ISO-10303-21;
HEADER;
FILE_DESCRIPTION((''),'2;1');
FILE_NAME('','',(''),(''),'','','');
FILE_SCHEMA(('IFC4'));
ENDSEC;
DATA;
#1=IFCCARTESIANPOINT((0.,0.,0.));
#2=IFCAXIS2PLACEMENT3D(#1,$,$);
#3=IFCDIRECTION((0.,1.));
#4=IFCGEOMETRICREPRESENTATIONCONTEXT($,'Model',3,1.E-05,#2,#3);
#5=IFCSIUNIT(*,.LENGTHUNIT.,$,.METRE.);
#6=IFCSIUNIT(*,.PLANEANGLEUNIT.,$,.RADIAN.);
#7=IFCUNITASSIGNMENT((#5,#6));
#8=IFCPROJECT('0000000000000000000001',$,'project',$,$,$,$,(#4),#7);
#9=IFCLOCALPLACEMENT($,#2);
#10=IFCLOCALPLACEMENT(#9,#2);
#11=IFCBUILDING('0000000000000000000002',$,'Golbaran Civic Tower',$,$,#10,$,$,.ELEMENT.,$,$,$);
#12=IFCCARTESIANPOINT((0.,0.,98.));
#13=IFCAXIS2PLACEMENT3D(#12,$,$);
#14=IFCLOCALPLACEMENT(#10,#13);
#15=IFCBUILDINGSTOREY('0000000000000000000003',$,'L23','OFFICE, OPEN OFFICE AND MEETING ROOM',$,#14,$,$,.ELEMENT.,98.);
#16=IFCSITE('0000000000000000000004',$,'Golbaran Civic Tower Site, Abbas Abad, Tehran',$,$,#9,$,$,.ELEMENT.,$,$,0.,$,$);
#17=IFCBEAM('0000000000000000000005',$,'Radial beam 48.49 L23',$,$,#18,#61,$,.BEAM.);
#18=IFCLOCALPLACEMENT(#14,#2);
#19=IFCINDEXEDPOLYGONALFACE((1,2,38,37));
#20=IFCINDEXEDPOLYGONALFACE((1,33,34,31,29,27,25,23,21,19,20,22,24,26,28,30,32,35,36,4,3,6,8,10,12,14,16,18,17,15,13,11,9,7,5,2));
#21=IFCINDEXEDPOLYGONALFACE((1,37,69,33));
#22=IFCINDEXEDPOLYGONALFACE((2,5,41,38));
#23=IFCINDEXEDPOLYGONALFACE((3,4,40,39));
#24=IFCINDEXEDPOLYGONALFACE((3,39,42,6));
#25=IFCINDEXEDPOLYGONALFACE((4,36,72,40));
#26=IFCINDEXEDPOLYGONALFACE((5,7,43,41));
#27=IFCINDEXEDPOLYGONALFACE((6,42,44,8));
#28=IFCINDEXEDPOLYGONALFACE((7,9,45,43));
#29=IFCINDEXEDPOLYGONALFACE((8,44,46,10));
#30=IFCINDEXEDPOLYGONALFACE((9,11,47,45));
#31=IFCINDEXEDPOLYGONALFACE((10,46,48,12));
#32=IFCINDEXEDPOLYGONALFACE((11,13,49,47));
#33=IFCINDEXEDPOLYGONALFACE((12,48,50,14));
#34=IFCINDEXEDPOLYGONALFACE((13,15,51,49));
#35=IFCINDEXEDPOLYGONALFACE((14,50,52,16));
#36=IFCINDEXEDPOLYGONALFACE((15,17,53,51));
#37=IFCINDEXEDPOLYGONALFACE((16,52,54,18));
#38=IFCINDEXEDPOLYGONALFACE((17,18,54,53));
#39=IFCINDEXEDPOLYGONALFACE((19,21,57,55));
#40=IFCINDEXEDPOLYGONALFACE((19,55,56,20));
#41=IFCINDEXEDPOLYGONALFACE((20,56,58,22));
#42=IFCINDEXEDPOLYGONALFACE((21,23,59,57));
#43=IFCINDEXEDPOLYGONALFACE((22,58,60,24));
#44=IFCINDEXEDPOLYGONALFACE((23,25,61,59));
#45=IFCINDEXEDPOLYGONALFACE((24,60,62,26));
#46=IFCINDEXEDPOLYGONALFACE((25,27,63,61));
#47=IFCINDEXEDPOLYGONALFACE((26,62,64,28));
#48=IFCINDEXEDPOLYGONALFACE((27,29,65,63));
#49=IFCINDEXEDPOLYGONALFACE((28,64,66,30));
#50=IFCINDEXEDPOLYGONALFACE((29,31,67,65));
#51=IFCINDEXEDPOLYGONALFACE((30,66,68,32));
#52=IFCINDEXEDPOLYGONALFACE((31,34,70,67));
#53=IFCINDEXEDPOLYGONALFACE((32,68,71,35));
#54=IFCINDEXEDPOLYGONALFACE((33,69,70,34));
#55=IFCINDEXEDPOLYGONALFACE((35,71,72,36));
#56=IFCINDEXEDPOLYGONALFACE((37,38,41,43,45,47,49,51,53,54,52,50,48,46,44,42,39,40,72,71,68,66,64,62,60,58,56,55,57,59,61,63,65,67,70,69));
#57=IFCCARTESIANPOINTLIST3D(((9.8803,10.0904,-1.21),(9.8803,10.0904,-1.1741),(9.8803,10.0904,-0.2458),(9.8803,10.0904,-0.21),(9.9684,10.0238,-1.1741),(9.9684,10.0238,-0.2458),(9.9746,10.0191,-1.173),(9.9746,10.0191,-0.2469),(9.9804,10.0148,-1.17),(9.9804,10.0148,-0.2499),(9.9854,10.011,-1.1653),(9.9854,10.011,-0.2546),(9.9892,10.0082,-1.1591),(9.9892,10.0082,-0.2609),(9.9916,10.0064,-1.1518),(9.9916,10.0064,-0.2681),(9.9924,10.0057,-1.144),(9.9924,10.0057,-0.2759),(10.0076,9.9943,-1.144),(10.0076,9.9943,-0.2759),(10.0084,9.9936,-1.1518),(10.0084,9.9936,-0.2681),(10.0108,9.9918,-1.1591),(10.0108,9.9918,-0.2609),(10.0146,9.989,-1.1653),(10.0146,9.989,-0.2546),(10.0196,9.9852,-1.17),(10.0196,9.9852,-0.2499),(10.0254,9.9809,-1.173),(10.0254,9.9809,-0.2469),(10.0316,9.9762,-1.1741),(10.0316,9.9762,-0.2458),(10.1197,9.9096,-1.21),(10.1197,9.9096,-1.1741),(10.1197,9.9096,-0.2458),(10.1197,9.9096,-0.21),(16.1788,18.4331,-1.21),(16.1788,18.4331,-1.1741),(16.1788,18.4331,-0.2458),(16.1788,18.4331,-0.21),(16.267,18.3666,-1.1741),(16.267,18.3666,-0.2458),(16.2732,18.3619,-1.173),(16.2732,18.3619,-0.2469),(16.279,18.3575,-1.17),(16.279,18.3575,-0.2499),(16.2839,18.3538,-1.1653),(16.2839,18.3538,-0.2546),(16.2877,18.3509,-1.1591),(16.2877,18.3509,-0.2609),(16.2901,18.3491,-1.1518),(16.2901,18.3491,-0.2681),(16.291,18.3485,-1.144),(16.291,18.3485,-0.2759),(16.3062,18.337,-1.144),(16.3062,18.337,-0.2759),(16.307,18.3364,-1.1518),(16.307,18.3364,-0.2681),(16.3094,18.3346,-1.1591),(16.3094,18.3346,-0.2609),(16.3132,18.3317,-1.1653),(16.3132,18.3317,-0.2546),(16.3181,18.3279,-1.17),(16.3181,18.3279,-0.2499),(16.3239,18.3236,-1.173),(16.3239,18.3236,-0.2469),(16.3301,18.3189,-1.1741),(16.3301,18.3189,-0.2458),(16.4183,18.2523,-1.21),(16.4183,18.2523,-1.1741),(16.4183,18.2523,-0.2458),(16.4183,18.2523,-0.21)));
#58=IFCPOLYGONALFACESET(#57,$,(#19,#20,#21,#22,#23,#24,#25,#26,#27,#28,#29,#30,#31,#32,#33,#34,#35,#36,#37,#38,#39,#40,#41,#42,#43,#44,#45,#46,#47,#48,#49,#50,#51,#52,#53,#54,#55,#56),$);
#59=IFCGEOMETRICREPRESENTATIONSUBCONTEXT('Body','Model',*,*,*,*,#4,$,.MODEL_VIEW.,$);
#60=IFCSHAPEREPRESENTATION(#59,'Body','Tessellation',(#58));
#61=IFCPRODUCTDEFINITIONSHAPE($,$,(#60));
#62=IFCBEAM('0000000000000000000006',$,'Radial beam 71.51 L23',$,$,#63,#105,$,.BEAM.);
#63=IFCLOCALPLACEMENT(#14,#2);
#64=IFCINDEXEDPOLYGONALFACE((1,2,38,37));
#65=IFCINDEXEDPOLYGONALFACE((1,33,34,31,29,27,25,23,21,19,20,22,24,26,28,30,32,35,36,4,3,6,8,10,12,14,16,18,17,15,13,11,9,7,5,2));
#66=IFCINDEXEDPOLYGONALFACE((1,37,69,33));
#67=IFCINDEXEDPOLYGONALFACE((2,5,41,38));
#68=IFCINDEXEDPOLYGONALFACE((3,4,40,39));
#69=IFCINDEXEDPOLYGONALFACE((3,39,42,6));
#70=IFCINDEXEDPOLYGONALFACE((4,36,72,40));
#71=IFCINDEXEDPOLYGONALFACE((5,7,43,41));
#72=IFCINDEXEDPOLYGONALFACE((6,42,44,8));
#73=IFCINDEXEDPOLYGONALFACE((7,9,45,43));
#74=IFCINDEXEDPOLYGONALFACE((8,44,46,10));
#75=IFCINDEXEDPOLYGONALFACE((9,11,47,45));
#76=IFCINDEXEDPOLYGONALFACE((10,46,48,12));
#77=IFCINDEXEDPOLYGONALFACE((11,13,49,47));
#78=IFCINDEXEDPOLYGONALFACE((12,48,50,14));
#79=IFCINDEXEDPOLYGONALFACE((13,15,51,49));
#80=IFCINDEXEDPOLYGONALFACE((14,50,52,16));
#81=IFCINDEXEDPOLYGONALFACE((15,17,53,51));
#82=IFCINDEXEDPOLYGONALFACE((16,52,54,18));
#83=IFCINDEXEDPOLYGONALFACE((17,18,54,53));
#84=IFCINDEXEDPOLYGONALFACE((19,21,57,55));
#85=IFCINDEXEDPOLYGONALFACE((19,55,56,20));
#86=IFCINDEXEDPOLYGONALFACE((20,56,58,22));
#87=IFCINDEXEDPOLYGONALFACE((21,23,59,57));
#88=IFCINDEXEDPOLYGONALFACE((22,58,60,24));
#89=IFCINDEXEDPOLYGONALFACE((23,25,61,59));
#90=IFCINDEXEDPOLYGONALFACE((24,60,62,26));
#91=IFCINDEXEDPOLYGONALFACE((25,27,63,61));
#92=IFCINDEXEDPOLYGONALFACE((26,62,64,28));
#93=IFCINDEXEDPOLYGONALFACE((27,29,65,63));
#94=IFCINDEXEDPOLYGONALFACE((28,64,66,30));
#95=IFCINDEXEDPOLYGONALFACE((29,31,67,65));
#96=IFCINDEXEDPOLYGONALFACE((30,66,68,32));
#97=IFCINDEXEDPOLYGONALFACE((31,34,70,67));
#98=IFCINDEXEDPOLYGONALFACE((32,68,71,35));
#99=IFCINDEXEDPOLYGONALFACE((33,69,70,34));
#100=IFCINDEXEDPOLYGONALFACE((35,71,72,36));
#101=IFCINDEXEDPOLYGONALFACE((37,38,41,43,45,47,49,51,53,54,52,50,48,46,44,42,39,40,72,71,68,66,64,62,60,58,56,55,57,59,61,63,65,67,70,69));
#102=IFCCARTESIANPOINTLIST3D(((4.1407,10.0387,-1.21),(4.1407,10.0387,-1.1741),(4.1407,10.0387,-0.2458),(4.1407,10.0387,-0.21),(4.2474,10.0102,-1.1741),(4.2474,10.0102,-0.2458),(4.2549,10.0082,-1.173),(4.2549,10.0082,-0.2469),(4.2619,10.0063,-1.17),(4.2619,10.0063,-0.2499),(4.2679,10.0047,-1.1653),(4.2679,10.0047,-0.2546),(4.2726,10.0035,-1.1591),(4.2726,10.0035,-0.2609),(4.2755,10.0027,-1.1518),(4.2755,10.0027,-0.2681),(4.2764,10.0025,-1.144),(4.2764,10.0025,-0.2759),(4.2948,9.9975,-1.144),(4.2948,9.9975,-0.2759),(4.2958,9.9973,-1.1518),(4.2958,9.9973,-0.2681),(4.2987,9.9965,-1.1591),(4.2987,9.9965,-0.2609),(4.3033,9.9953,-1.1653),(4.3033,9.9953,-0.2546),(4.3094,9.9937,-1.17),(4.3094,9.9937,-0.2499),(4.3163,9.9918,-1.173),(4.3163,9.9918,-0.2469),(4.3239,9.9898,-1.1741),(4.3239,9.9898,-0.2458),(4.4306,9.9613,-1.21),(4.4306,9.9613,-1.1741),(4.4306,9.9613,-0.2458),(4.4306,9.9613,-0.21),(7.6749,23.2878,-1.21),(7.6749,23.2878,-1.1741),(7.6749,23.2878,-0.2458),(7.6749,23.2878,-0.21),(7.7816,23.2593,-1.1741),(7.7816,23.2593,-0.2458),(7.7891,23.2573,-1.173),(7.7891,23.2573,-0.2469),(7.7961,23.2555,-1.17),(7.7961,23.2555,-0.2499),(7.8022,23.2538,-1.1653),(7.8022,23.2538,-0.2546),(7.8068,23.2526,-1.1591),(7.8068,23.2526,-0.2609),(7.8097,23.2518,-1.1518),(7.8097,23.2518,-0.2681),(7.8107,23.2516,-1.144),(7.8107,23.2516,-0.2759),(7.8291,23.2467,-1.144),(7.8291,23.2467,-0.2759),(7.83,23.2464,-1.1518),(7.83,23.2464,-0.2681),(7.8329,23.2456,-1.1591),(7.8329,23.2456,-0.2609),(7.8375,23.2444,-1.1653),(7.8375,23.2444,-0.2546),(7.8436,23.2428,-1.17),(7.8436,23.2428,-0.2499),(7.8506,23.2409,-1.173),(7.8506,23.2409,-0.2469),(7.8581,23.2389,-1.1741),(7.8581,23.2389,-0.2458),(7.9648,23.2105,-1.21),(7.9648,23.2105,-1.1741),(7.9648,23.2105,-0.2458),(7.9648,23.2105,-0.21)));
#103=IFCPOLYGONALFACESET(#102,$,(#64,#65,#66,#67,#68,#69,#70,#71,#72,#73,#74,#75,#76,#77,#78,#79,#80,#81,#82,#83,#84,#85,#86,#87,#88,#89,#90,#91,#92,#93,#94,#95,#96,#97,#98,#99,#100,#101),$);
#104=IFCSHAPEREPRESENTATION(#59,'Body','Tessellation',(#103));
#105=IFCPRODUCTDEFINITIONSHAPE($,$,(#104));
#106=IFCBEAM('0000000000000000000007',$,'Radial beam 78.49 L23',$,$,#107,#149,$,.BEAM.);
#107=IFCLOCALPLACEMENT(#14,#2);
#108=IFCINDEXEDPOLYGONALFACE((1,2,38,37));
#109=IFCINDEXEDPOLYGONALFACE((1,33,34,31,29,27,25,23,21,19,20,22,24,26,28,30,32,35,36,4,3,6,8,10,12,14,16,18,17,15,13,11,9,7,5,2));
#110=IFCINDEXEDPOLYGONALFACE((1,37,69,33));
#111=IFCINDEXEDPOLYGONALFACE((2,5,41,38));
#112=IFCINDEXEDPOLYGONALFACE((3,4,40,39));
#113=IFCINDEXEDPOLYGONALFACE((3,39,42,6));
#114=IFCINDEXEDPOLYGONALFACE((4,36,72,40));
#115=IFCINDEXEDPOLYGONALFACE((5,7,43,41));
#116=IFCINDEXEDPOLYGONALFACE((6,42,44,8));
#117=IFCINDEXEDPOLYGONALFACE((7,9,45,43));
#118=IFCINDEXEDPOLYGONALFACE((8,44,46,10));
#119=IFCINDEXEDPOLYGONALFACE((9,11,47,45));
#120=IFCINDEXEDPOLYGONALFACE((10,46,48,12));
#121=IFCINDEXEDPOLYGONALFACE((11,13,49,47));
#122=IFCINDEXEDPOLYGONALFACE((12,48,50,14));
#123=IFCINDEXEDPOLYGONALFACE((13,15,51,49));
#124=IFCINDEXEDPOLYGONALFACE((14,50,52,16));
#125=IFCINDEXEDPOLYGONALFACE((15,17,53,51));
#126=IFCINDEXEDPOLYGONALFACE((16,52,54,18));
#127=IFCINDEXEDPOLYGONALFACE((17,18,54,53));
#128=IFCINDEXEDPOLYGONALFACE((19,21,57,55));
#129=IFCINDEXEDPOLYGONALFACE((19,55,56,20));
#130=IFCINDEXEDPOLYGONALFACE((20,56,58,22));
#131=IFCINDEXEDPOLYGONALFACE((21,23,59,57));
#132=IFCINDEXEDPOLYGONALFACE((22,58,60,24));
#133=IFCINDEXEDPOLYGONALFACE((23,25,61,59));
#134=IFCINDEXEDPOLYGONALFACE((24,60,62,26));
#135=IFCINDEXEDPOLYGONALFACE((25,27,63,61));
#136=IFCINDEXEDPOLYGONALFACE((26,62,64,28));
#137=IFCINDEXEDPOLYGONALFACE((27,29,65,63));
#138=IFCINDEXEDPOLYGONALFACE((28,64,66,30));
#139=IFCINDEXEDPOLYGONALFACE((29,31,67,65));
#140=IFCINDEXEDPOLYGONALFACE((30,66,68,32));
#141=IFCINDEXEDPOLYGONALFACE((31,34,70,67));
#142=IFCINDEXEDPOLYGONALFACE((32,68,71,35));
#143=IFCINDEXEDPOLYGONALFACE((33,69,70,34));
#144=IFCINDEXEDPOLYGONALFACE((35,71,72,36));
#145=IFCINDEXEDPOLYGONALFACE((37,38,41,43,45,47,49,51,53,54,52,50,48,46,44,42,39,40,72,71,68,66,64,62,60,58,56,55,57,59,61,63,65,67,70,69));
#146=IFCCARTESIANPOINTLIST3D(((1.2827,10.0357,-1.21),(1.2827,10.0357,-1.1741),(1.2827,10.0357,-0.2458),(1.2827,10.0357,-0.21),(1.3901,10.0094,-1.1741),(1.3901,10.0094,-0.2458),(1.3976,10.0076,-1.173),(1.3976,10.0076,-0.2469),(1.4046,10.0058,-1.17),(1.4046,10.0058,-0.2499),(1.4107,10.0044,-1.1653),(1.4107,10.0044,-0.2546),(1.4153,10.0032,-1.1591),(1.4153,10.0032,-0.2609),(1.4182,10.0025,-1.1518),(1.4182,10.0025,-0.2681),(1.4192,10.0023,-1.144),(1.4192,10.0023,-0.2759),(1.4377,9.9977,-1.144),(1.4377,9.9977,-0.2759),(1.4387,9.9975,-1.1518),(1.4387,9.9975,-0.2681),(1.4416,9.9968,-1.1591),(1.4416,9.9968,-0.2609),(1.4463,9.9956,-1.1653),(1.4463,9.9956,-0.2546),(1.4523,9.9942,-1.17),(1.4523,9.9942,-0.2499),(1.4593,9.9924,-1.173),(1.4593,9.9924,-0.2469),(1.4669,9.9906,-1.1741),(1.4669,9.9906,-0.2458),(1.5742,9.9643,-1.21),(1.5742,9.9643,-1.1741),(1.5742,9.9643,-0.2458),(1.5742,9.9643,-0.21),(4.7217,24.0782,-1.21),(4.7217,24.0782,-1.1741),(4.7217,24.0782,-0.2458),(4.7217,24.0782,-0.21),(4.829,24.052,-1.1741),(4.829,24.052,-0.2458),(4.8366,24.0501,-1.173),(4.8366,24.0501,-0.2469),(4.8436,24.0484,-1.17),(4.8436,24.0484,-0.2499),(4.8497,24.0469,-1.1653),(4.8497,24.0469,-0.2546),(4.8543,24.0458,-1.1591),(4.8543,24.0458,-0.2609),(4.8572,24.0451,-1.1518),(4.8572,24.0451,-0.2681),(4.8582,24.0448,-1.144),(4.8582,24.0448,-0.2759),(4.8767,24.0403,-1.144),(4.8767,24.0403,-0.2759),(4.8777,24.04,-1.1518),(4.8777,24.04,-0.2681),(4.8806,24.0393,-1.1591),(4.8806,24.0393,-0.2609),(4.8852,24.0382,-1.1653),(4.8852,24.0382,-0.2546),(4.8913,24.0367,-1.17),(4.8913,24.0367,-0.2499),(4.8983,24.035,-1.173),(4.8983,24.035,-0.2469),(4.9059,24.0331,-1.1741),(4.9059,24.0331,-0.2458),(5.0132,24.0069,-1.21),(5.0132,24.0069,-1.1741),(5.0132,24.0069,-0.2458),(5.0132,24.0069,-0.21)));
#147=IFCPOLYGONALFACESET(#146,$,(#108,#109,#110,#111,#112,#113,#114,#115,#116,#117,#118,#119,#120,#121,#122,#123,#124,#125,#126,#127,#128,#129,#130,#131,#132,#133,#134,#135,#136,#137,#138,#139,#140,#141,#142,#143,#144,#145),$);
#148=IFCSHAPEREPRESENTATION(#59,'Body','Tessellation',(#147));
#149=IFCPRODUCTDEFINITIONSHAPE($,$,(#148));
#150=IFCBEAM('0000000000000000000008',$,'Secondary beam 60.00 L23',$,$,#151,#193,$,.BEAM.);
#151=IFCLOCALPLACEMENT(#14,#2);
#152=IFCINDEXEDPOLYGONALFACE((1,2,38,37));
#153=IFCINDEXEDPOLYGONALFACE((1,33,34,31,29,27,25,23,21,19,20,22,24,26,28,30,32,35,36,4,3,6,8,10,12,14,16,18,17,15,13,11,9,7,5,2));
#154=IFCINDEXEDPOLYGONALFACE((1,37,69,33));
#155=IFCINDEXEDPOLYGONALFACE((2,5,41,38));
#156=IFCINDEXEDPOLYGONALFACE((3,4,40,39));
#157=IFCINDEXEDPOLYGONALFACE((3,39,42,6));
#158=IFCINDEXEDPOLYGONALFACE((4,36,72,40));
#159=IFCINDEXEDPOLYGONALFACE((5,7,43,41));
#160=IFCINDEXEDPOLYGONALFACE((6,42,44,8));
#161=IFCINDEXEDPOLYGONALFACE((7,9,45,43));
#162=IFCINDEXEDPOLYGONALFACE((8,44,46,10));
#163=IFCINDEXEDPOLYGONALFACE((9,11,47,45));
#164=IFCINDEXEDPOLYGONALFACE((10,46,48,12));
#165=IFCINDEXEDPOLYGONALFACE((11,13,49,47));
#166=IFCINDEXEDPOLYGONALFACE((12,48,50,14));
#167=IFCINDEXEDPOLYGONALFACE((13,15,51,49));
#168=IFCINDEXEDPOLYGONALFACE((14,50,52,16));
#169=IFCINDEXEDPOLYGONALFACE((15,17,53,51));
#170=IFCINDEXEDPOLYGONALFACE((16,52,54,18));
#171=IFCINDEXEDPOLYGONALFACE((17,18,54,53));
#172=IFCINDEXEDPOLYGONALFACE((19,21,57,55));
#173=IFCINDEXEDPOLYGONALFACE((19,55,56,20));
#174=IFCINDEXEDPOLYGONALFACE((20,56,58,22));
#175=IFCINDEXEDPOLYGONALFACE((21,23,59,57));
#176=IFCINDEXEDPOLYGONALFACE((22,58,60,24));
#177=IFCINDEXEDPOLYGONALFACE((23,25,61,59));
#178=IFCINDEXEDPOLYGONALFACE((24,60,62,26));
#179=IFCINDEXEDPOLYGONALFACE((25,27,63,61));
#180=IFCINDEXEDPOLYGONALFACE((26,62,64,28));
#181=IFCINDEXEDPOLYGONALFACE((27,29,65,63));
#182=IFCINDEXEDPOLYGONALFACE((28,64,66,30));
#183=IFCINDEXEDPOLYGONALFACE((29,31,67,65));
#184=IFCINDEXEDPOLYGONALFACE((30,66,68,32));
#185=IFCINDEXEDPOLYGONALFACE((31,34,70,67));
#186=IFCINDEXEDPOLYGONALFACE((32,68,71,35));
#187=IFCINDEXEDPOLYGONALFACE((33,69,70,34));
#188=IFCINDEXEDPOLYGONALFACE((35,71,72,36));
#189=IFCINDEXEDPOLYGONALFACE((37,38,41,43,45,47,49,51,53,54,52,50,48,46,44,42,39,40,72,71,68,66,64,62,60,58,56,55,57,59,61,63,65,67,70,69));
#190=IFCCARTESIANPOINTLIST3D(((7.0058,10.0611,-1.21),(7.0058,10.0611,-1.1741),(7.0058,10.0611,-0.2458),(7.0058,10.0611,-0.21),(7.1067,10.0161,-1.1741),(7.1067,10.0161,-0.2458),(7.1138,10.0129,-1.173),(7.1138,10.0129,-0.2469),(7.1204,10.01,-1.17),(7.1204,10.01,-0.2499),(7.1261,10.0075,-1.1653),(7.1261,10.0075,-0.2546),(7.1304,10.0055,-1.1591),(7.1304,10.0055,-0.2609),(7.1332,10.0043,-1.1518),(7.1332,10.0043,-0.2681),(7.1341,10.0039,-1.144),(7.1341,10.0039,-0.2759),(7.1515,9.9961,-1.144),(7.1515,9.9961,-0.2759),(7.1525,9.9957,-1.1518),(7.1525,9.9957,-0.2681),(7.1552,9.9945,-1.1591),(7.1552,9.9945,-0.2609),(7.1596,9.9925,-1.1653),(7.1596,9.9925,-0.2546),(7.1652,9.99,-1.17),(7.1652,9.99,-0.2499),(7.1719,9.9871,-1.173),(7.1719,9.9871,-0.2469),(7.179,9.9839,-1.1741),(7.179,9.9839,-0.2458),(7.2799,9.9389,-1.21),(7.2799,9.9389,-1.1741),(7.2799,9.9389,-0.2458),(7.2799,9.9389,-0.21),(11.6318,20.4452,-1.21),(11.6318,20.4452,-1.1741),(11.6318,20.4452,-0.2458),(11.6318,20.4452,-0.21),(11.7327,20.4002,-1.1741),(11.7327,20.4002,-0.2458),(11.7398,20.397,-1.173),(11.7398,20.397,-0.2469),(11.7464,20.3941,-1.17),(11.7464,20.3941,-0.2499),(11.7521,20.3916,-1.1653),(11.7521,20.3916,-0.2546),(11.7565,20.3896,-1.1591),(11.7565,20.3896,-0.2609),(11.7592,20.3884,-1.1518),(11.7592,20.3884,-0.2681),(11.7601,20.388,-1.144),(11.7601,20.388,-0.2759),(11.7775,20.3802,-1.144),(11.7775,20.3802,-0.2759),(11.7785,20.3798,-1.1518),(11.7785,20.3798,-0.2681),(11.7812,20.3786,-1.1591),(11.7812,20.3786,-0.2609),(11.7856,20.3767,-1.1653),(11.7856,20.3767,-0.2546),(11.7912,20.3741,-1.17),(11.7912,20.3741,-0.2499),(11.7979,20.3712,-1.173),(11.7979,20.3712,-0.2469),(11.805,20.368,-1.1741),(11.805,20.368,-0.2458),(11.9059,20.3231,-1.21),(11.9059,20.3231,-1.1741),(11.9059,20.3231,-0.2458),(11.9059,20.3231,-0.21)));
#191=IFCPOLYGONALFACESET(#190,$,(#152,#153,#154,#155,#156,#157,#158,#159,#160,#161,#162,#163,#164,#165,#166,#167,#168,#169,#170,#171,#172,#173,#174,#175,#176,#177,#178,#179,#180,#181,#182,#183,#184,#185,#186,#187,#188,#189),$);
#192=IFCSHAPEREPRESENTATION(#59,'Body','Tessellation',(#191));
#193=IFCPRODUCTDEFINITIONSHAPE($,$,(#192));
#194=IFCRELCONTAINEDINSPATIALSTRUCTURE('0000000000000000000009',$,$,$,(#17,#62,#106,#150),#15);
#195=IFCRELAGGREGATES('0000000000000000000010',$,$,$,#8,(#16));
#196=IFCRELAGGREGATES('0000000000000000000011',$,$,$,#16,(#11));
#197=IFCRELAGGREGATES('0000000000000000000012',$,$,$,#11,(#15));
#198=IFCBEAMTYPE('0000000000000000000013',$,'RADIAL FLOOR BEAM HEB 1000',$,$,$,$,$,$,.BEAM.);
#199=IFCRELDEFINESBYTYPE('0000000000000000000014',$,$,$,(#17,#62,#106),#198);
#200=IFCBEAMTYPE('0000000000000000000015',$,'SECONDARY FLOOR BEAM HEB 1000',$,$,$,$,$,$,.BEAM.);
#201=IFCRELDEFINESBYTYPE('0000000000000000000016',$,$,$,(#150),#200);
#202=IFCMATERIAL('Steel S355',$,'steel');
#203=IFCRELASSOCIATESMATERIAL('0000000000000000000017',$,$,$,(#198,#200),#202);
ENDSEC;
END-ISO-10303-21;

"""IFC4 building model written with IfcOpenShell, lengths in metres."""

from ifc_helpers import new_model, si_unit, direction, frame, origin, origin_2d, place, context, subcontext, project, spatial, i_section, extrude, material, material_profile, profile_set, type_object, element, save


model = new_model("IFC4")

# Units and contexts
model_context = context("Model", 3, precision=1e-05, world=origin(), true_north=direction((0.0, 1.0)))
body_context = subcontext(model_context, "Body", "Model", "MODEL_VIEW")
ifc_project = project(units=[si_unit("LENGTHUNIT", "METRE"), si_unit("PLANEANGLEUNIT", "RADIAN")], contexts=[model_context])

# Site, building, storey
site_placement = place(None, origin())
site = spatial("IfcSite", under=ifc_project, at=site_placement, Name="Golbaran Civic Tower Site, Abbas Abad, Tehran", CompositionType="ELEMENT", RefElevation=0.0)
building_placement = place(site_placement, origin())
building = spatial("IfcBuilding", under=site, at=building_placement, Name="Golbaran Civic Tower", CompositionType="ELEMENT")
storey_placement = place(building_placement, frame((0.0, 0.0, 98.0)))
storey = spatial("IfcBuildingStorey", under=building, at=storey_placement, Name="L23", Description="OFFICE, OPEN OFFICE AND MEETING ROOM", CompositionType="ELEMENT", Elevation=98.0)

# Beams
ifc_material_1 = material(Name="Steel S355", Category="steel")
ifc_material_profile_1 = material_profile(ifc_material_1, i_section(OverallWidth=0.3, OverallDepth=1.0, WebThickness=0.019, FlangeThickness=0.0359, FilletRadius=0.03, at=origin_2d()), Name="HEB 1000")
ifc_profile_set_1 = profile_set([ifc_material_profile_1], Name="Steel S355")
beam_type_1 = type_object("IfcBeamType", Name="RADIAL FLOOR BEAM HEB 1000", PredefinedType="BEAM", material=ifc_profile_set_1)
beam_1_placement = place(storey_placement, frame((10.0, 10.0, -0.71), z_axis=(0.602538, 0.79809, 0.0), x_axis=(-0.79809, 0.602538, 0.0)))
element("IfcBeam", 1, at=beam_1_placement, inside=storey, type_object=beam_type_1, Name="Radial beam 48.49 L23", PredefinedType="BEAM", context=body_context, shape_type="SweptSolid", body=[
    extrude(i_section(OverallWidth=0.3, OverallDepth=1.0, WebThickness=0.019, FlangeThickness=0.0359, FilletRadius=0.03, at=origin_2d()), origin(), (0.0, 0.0, 1.0), 10.4534),
])
beam_2_placement = place(storey_placement, frame((4.2856, 10.0, -0.71), z_axis=(0.257738, 0.966215, 0.0), x_axis=(-0.966215, 0.257738, 0.0)))
element("IfcBeam", 2, at=beam_2_placement, inside=storey, type_object=beam_type_1, Name="Radial beam 71.51 L23", PredefinedType="BEAM", context=body_context, shape_type="SweptSolid", body=[
    extrude(i_section(OverallWidth=0.3, OverallDepth=1.0, WebThickness=0.019, FlangeThickness=0.0359, FilletRadius=0.03, at=origin_2d()), origin(), (0.0, 0.0, 1.0), 13.7124),
])
beam_3_placement = place(storey_placement, frame((1.4285, 10.0, -0.71), z_axis=(0.237868, 0.971297, 0.0), x_axis=(-0.971297, 0.237868, 0.0)))
element("IfcBeam", 3, at=beam_3_placement, inside=storey, type_object=beam_type_1, Name="Radial beam 78.49 L23", PredefinedType="BEAM", context=body_context, shape_type="SweptSolid", body=[
    extrude(i_section(OverallWidth=0.3, OverallDepth=1.0, WebThickness=0.019, FlangeThickness=0.0359, FilletRadius=0.03, at=origin_2d()), origin(), (0.0, 0.0, 1.0), 14.4575),
])
ifc_material_profile_2 = material_profile(ifc_material_1, i_section(OverallWidth=0.3, OverallDepth=1.0, WebThickness=0.019, FlangeThickness=0.0359, FilletRadius=0.03, at=origin_2d()), Name="HEB 1000")
ifc_profile_set_2 = profile_set([ifc_material_profile_2], Name="Steel S355")
beam_type_2 = type_object("IfcBeamType", Name="SECONDARY FLOOR BEAM HEB 1000", PredefinedType="BEAM", material=ifc_profile_set_2)
beam_4_placement = place(storey_placement, frame((7.1428, 10.0, -0.71), z_axis=(0.406935, 0.913457, 0.0), x_axis=(-0.913457, 0.406935, 0.0)))
element("IfcBeam", 4, at=beam_4_placement, inside=storey, type_object=beam_type_2, Name="Secondary beam 60.00 L23", PredefinedType="BEAM", context=body_context, shape_type="SweptSolid", body=[
    extrude(i_section(OverallWidth=0.3, OverallDepth=1.0, WebThickness=0.019, FlangeThickness=0.0359, FilletRadius=0.03, at=origin_2d()), origin(), (0.0, 0.0, 1.0), 11.3679),
])

save(model, "model.ifc")
